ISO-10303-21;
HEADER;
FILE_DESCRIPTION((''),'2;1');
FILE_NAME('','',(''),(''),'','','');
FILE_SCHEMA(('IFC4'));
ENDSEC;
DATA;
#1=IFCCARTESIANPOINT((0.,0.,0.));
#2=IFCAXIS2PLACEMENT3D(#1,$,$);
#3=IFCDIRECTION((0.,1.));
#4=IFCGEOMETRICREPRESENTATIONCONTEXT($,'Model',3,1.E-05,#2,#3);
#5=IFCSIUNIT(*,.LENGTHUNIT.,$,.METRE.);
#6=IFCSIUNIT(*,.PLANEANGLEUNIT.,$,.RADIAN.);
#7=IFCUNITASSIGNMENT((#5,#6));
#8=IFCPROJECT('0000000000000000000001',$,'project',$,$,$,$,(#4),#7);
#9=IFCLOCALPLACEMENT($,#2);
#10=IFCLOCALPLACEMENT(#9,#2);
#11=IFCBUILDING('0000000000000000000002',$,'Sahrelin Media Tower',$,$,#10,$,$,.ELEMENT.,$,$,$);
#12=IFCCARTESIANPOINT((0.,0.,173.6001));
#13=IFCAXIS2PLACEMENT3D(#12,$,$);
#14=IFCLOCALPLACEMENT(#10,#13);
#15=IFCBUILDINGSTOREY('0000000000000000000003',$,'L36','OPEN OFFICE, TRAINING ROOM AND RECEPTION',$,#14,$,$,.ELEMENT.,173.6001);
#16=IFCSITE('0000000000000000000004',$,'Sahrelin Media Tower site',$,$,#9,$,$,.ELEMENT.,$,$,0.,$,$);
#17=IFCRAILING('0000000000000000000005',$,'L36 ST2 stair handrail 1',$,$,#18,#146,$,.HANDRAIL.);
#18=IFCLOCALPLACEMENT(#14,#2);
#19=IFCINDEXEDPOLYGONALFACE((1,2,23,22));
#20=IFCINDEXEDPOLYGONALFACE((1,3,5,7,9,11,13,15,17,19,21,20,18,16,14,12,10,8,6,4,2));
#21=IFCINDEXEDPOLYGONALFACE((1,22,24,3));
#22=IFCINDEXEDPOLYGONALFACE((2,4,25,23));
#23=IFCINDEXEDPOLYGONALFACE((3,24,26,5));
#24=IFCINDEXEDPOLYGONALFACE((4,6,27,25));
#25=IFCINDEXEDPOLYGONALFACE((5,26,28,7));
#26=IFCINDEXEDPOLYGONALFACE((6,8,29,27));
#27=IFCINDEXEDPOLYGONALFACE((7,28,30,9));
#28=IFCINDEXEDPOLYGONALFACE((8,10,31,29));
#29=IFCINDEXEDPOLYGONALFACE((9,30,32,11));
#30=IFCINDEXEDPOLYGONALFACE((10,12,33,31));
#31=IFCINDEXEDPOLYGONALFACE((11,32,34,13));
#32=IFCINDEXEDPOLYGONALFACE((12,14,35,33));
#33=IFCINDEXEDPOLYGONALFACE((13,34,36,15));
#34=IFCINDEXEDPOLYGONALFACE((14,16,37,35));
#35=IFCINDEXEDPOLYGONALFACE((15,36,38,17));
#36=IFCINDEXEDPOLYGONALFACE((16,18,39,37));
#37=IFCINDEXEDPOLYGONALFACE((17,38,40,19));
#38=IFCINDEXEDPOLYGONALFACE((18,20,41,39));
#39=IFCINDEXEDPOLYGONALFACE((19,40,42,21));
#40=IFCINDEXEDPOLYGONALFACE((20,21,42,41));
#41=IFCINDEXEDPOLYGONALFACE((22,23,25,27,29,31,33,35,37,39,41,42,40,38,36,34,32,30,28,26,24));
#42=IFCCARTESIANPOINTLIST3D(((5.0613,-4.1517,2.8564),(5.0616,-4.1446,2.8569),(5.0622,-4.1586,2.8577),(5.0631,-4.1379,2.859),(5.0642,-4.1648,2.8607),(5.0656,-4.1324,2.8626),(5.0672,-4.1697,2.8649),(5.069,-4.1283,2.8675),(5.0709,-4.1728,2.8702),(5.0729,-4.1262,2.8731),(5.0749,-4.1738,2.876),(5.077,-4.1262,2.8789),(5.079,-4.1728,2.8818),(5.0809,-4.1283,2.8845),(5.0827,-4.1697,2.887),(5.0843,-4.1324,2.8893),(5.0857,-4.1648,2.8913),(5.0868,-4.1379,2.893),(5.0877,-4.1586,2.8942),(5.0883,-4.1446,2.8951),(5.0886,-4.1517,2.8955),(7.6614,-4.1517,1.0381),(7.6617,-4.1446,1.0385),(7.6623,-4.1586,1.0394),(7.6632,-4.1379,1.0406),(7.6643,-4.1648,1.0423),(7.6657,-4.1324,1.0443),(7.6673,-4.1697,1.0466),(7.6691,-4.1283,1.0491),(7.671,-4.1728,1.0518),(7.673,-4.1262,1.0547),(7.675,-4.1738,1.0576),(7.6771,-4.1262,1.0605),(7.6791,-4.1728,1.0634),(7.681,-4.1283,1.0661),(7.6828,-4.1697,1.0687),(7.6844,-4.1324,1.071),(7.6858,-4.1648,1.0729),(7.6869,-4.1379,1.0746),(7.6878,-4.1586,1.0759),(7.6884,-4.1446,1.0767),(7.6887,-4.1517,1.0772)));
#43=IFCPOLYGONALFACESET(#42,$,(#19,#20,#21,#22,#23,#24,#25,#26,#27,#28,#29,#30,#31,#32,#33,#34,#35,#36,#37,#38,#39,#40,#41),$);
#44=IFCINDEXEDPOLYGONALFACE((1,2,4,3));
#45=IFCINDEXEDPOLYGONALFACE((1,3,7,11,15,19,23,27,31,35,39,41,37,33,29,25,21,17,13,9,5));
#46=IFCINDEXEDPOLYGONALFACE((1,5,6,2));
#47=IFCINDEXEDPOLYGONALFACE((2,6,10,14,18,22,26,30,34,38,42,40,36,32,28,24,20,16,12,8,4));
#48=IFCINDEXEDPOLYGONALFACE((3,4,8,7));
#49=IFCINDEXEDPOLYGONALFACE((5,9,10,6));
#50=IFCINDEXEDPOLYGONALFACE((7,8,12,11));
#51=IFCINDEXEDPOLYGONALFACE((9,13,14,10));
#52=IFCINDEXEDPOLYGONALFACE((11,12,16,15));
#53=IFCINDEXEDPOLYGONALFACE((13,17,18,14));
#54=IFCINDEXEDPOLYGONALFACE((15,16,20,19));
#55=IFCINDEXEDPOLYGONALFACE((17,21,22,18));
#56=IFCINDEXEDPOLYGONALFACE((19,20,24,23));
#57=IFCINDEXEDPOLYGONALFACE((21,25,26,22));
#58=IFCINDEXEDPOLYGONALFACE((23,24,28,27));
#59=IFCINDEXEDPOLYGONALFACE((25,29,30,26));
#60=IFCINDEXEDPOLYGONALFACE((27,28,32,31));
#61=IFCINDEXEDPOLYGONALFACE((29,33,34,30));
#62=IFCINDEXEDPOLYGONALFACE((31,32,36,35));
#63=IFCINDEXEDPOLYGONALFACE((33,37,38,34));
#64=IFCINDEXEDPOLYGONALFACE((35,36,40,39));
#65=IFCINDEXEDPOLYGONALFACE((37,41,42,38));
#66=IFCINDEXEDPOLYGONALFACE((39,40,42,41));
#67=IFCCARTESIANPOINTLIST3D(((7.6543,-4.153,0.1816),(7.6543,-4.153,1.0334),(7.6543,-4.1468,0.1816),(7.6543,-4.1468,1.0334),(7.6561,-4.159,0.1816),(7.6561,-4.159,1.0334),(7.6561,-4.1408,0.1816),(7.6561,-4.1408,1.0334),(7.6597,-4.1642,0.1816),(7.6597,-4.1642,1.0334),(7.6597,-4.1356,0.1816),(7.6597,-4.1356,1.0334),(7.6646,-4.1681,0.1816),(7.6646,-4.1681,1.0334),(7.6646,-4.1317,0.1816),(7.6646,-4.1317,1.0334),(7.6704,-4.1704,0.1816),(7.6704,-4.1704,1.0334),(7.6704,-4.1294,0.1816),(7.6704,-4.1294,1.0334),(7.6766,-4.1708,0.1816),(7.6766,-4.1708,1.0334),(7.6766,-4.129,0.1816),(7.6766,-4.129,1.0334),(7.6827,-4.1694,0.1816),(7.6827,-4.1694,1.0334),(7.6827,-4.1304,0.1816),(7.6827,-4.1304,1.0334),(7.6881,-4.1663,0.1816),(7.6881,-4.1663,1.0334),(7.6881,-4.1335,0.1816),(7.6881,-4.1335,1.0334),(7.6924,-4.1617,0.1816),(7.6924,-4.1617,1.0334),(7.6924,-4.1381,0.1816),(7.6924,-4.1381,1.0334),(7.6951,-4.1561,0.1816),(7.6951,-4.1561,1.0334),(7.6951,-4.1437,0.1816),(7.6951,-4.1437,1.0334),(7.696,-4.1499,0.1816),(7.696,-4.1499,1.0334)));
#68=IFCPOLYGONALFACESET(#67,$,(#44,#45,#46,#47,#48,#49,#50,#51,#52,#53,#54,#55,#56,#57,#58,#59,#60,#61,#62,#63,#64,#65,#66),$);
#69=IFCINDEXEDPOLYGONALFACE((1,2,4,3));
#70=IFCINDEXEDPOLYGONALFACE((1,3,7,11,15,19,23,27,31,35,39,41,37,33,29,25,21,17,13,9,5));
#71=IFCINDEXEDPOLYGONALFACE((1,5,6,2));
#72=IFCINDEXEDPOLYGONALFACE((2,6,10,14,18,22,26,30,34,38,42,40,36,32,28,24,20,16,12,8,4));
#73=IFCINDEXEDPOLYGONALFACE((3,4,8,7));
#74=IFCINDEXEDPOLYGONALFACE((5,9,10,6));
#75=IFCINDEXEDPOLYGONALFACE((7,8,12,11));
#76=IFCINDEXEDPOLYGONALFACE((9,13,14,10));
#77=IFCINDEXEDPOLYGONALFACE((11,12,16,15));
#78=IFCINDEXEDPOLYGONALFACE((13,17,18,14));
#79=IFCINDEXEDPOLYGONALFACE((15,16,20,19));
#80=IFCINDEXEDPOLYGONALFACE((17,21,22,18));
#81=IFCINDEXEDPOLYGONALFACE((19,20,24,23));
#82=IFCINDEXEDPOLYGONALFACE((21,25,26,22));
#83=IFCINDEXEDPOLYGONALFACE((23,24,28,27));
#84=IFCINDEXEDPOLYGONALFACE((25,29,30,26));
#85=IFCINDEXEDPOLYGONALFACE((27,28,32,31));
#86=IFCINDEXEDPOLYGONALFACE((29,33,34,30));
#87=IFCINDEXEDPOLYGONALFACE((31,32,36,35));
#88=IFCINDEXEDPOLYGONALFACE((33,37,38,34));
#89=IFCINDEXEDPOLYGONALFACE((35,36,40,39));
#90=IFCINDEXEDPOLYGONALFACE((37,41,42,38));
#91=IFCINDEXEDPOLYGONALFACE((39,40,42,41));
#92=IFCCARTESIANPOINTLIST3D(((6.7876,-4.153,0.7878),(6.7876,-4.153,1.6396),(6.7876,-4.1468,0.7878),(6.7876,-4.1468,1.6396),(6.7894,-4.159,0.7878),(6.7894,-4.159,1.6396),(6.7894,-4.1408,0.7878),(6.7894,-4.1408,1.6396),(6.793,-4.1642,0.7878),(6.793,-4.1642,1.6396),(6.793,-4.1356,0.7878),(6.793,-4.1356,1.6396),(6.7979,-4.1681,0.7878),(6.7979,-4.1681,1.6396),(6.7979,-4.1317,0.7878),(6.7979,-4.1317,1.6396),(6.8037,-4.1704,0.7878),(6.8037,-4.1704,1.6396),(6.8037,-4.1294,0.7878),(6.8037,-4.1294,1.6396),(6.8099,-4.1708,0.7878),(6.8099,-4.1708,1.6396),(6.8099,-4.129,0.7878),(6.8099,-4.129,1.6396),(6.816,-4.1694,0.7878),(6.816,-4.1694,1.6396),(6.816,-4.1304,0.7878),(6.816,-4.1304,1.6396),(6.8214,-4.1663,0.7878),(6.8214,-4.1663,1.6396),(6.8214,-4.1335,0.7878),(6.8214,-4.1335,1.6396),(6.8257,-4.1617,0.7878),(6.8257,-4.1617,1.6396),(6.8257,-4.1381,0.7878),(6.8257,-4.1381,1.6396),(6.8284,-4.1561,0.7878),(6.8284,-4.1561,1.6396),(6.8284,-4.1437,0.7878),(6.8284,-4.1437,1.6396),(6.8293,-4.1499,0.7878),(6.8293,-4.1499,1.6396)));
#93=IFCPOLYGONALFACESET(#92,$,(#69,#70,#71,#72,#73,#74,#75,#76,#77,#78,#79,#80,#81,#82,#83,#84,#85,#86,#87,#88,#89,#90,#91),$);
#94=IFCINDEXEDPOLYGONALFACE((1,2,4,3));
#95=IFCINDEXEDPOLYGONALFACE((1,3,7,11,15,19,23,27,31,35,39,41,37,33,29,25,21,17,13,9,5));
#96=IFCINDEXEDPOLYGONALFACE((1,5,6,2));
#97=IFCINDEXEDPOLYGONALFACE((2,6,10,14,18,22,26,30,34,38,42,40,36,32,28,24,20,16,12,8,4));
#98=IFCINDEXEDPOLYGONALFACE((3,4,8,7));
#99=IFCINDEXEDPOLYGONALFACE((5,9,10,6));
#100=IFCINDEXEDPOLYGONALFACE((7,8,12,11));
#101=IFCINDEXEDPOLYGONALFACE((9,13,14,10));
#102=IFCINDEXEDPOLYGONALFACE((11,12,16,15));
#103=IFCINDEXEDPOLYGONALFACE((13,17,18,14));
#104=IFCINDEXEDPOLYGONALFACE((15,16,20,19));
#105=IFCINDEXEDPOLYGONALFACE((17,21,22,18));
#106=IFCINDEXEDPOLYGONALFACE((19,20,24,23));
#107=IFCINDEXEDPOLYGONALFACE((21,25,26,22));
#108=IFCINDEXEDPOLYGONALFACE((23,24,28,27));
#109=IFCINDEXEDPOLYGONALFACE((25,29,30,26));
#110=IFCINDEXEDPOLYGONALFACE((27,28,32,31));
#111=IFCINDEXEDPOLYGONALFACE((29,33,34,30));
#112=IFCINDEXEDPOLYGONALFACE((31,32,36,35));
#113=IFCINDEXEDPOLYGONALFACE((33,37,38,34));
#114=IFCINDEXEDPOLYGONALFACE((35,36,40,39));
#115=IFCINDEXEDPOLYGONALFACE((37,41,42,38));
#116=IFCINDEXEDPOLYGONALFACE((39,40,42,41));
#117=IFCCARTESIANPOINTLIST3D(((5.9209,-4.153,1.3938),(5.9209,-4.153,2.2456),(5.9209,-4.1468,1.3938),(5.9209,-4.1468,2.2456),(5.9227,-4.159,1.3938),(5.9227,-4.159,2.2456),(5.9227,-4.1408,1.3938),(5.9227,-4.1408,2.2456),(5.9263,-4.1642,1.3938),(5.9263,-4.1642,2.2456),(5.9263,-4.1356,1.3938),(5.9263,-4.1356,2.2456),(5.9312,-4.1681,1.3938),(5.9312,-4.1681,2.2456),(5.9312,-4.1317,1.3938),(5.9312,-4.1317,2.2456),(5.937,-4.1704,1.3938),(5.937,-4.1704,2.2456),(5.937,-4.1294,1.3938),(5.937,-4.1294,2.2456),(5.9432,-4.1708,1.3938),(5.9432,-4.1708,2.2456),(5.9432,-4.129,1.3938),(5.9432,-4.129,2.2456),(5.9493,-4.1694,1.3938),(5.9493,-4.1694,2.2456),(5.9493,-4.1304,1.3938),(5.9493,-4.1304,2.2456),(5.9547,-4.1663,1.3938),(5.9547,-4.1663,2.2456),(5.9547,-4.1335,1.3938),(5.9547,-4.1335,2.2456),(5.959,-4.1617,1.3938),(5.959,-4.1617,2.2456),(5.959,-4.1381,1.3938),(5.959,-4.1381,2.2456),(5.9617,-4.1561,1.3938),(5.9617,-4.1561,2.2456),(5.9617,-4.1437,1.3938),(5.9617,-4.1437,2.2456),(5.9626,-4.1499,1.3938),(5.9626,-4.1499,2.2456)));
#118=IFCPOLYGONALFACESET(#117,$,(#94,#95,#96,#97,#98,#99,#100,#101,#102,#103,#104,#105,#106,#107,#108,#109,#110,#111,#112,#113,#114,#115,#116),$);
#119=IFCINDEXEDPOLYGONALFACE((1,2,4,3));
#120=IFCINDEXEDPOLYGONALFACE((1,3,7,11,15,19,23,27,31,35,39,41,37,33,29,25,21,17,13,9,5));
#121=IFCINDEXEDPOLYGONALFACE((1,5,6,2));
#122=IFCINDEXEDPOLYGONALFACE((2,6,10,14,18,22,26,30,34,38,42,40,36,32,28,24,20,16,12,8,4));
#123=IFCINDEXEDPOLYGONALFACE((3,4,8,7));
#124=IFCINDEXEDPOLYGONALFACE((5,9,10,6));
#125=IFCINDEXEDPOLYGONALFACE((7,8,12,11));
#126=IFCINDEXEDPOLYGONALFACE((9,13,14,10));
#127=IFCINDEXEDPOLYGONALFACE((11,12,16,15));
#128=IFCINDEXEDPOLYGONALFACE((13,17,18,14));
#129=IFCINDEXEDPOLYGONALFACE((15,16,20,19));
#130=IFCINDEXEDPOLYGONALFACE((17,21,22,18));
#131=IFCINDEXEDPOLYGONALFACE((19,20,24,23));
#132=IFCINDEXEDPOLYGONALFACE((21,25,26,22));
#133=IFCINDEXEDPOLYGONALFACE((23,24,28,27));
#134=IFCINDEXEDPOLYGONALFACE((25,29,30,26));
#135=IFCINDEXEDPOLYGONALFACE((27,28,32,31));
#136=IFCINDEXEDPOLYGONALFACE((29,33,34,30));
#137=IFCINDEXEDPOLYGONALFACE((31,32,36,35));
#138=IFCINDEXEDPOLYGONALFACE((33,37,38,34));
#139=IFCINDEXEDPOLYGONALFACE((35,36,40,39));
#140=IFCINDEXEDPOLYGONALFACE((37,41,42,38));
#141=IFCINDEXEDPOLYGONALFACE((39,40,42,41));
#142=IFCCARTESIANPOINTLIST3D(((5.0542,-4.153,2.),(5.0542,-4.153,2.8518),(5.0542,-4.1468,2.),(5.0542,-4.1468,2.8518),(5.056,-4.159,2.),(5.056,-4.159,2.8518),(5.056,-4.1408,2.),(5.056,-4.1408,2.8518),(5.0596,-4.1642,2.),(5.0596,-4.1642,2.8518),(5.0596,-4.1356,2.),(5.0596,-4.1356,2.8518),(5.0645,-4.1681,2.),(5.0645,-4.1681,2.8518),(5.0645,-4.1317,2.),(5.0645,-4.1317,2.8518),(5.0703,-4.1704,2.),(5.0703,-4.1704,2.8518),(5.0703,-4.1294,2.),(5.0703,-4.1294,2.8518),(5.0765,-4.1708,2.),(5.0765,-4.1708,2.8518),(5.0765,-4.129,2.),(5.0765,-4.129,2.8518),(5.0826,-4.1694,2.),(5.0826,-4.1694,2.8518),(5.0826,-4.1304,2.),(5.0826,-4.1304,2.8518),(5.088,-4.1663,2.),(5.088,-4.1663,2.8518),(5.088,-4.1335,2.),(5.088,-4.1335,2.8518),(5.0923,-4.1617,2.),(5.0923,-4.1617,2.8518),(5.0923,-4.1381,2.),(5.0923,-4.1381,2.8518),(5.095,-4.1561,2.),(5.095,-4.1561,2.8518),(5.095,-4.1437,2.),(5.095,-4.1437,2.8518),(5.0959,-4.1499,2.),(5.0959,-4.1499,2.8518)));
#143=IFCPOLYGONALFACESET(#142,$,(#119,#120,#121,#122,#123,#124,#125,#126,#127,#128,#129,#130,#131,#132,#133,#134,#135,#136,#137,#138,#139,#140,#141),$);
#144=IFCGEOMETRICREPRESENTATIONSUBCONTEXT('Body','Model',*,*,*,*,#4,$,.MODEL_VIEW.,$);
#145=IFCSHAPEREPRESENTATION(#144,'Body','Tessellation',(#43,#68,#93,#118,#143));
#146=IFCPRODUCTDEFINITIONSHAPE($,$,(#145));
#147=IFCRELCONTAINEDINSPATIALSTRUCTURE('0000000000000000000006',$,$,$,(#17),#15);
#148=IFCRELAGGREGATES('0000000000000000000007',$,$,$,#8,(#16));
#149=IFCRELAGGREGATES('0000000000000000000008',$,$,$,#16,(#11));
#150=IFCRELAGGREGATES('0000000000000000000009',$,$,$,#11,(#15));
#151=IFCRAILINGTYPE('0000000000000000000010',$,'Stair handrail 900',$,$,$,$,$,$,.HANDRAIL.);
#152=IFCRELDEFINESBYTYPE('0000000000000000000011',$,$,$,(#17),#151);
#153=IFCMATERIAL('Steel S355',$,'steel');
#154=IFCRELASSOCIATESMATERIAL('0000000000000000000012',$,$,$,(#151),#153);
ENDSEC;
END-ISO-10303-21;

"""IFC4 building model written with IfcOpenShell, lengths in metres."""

from ifc_helpers import new_model, si_unit, direction, frame, origin, origin_2d, place, context, subcontext, project, spatial, circle, extrude, material, type_object, element, save


model = new_model("IFC4")

# Units and contexts
model_context = context("Model", 3, precision=1e-05, world=origin(), true_north=direction((0.0, 1.0)))
body_context = subcontext(model_context, "Body", "Model", "MODEL_VIEW")
ifc_project = project(units=[si_unit("LENGTHUNIT", "METRE"), si_unit("PLANEANGLEUNIT", "RADIAN")], contexts=[model_context])

# Site, building, storey
site_placement = place(None, origin())
site = spatial("IfcSite", under=ifc_project, at=site_placement, Name="Sahrelin Media Tower site", CompositionType="ELEMENT", RefElevation=0.0)
building_placement = place(site_placement, origin())
building = spatial("IfcBuilding", under=site, at=building_placement, Name="Sahrelin Media Tower", CompositionType="ELEMENT")
storey_placement = place(building_placement, frame((0.0, 0.0, 173.6001)))
storey = spatial("IfcBuildingStorey", under=building, at=storey_placement, Name="L36", Description="OPEN OFFICE, TRAINING ROOM AND RECEPTION", CompositionType="ELEMENT", Elevation=173.6001)

# Shared definitions
ifc_material_1 = material(Name="Steel S355", Category="steel")

# Railing
railing_type_1 = type_object("IfcRailingType", Name="Stair handrail 900", PredefinedType="HANDRAIL", material=ifc_material_1)
railing_1_placement = place(storey_placement, frame((7.675, -4.1499, 0.1816)))
element("IfcRailing", 1, at=railing_1_placement, inside=storey, type_object=railing_type_1, Name="L36 ST2 stair handrail 1", PredefinedType="HANDRAIL", context=body_context, shape_type="SweptSolid", body=[
    extrude(circle(Radius=0.0239, at=origin_2d()), frame((0.0, 0.0, 0.876), z_axis=(-0.819485, 0.0, 0.573101), x_axis=(0.0, -1.0, 0.0)), (0.0, 0.0, 1.0), 3.1729),
    extrude(circle(Radius=0.021, at=origin_2d()), origin(), (0.0, 0.0, 1.0), 0.8518),
    extrude(circle(Radius=0.021, at=origin_2d()), frame((-0.8667, 0.0, 0.6062)), (0.0, 0.0, 1.0), 0.8518),
    extrude(circle(Radius=0.021, at=origin_2d()), frame((-1.7334, 0.0, 1.2122)), (0.0, 0.0, 1.0), 0.8518),
    extrude(circle(Radius=0.021, at=origin_2d()), frame((-2.6001, 0.0, 1.8184)), (0.0, 0.0, 1.0), 0.8518),
])

save(model, "model.ifc")
